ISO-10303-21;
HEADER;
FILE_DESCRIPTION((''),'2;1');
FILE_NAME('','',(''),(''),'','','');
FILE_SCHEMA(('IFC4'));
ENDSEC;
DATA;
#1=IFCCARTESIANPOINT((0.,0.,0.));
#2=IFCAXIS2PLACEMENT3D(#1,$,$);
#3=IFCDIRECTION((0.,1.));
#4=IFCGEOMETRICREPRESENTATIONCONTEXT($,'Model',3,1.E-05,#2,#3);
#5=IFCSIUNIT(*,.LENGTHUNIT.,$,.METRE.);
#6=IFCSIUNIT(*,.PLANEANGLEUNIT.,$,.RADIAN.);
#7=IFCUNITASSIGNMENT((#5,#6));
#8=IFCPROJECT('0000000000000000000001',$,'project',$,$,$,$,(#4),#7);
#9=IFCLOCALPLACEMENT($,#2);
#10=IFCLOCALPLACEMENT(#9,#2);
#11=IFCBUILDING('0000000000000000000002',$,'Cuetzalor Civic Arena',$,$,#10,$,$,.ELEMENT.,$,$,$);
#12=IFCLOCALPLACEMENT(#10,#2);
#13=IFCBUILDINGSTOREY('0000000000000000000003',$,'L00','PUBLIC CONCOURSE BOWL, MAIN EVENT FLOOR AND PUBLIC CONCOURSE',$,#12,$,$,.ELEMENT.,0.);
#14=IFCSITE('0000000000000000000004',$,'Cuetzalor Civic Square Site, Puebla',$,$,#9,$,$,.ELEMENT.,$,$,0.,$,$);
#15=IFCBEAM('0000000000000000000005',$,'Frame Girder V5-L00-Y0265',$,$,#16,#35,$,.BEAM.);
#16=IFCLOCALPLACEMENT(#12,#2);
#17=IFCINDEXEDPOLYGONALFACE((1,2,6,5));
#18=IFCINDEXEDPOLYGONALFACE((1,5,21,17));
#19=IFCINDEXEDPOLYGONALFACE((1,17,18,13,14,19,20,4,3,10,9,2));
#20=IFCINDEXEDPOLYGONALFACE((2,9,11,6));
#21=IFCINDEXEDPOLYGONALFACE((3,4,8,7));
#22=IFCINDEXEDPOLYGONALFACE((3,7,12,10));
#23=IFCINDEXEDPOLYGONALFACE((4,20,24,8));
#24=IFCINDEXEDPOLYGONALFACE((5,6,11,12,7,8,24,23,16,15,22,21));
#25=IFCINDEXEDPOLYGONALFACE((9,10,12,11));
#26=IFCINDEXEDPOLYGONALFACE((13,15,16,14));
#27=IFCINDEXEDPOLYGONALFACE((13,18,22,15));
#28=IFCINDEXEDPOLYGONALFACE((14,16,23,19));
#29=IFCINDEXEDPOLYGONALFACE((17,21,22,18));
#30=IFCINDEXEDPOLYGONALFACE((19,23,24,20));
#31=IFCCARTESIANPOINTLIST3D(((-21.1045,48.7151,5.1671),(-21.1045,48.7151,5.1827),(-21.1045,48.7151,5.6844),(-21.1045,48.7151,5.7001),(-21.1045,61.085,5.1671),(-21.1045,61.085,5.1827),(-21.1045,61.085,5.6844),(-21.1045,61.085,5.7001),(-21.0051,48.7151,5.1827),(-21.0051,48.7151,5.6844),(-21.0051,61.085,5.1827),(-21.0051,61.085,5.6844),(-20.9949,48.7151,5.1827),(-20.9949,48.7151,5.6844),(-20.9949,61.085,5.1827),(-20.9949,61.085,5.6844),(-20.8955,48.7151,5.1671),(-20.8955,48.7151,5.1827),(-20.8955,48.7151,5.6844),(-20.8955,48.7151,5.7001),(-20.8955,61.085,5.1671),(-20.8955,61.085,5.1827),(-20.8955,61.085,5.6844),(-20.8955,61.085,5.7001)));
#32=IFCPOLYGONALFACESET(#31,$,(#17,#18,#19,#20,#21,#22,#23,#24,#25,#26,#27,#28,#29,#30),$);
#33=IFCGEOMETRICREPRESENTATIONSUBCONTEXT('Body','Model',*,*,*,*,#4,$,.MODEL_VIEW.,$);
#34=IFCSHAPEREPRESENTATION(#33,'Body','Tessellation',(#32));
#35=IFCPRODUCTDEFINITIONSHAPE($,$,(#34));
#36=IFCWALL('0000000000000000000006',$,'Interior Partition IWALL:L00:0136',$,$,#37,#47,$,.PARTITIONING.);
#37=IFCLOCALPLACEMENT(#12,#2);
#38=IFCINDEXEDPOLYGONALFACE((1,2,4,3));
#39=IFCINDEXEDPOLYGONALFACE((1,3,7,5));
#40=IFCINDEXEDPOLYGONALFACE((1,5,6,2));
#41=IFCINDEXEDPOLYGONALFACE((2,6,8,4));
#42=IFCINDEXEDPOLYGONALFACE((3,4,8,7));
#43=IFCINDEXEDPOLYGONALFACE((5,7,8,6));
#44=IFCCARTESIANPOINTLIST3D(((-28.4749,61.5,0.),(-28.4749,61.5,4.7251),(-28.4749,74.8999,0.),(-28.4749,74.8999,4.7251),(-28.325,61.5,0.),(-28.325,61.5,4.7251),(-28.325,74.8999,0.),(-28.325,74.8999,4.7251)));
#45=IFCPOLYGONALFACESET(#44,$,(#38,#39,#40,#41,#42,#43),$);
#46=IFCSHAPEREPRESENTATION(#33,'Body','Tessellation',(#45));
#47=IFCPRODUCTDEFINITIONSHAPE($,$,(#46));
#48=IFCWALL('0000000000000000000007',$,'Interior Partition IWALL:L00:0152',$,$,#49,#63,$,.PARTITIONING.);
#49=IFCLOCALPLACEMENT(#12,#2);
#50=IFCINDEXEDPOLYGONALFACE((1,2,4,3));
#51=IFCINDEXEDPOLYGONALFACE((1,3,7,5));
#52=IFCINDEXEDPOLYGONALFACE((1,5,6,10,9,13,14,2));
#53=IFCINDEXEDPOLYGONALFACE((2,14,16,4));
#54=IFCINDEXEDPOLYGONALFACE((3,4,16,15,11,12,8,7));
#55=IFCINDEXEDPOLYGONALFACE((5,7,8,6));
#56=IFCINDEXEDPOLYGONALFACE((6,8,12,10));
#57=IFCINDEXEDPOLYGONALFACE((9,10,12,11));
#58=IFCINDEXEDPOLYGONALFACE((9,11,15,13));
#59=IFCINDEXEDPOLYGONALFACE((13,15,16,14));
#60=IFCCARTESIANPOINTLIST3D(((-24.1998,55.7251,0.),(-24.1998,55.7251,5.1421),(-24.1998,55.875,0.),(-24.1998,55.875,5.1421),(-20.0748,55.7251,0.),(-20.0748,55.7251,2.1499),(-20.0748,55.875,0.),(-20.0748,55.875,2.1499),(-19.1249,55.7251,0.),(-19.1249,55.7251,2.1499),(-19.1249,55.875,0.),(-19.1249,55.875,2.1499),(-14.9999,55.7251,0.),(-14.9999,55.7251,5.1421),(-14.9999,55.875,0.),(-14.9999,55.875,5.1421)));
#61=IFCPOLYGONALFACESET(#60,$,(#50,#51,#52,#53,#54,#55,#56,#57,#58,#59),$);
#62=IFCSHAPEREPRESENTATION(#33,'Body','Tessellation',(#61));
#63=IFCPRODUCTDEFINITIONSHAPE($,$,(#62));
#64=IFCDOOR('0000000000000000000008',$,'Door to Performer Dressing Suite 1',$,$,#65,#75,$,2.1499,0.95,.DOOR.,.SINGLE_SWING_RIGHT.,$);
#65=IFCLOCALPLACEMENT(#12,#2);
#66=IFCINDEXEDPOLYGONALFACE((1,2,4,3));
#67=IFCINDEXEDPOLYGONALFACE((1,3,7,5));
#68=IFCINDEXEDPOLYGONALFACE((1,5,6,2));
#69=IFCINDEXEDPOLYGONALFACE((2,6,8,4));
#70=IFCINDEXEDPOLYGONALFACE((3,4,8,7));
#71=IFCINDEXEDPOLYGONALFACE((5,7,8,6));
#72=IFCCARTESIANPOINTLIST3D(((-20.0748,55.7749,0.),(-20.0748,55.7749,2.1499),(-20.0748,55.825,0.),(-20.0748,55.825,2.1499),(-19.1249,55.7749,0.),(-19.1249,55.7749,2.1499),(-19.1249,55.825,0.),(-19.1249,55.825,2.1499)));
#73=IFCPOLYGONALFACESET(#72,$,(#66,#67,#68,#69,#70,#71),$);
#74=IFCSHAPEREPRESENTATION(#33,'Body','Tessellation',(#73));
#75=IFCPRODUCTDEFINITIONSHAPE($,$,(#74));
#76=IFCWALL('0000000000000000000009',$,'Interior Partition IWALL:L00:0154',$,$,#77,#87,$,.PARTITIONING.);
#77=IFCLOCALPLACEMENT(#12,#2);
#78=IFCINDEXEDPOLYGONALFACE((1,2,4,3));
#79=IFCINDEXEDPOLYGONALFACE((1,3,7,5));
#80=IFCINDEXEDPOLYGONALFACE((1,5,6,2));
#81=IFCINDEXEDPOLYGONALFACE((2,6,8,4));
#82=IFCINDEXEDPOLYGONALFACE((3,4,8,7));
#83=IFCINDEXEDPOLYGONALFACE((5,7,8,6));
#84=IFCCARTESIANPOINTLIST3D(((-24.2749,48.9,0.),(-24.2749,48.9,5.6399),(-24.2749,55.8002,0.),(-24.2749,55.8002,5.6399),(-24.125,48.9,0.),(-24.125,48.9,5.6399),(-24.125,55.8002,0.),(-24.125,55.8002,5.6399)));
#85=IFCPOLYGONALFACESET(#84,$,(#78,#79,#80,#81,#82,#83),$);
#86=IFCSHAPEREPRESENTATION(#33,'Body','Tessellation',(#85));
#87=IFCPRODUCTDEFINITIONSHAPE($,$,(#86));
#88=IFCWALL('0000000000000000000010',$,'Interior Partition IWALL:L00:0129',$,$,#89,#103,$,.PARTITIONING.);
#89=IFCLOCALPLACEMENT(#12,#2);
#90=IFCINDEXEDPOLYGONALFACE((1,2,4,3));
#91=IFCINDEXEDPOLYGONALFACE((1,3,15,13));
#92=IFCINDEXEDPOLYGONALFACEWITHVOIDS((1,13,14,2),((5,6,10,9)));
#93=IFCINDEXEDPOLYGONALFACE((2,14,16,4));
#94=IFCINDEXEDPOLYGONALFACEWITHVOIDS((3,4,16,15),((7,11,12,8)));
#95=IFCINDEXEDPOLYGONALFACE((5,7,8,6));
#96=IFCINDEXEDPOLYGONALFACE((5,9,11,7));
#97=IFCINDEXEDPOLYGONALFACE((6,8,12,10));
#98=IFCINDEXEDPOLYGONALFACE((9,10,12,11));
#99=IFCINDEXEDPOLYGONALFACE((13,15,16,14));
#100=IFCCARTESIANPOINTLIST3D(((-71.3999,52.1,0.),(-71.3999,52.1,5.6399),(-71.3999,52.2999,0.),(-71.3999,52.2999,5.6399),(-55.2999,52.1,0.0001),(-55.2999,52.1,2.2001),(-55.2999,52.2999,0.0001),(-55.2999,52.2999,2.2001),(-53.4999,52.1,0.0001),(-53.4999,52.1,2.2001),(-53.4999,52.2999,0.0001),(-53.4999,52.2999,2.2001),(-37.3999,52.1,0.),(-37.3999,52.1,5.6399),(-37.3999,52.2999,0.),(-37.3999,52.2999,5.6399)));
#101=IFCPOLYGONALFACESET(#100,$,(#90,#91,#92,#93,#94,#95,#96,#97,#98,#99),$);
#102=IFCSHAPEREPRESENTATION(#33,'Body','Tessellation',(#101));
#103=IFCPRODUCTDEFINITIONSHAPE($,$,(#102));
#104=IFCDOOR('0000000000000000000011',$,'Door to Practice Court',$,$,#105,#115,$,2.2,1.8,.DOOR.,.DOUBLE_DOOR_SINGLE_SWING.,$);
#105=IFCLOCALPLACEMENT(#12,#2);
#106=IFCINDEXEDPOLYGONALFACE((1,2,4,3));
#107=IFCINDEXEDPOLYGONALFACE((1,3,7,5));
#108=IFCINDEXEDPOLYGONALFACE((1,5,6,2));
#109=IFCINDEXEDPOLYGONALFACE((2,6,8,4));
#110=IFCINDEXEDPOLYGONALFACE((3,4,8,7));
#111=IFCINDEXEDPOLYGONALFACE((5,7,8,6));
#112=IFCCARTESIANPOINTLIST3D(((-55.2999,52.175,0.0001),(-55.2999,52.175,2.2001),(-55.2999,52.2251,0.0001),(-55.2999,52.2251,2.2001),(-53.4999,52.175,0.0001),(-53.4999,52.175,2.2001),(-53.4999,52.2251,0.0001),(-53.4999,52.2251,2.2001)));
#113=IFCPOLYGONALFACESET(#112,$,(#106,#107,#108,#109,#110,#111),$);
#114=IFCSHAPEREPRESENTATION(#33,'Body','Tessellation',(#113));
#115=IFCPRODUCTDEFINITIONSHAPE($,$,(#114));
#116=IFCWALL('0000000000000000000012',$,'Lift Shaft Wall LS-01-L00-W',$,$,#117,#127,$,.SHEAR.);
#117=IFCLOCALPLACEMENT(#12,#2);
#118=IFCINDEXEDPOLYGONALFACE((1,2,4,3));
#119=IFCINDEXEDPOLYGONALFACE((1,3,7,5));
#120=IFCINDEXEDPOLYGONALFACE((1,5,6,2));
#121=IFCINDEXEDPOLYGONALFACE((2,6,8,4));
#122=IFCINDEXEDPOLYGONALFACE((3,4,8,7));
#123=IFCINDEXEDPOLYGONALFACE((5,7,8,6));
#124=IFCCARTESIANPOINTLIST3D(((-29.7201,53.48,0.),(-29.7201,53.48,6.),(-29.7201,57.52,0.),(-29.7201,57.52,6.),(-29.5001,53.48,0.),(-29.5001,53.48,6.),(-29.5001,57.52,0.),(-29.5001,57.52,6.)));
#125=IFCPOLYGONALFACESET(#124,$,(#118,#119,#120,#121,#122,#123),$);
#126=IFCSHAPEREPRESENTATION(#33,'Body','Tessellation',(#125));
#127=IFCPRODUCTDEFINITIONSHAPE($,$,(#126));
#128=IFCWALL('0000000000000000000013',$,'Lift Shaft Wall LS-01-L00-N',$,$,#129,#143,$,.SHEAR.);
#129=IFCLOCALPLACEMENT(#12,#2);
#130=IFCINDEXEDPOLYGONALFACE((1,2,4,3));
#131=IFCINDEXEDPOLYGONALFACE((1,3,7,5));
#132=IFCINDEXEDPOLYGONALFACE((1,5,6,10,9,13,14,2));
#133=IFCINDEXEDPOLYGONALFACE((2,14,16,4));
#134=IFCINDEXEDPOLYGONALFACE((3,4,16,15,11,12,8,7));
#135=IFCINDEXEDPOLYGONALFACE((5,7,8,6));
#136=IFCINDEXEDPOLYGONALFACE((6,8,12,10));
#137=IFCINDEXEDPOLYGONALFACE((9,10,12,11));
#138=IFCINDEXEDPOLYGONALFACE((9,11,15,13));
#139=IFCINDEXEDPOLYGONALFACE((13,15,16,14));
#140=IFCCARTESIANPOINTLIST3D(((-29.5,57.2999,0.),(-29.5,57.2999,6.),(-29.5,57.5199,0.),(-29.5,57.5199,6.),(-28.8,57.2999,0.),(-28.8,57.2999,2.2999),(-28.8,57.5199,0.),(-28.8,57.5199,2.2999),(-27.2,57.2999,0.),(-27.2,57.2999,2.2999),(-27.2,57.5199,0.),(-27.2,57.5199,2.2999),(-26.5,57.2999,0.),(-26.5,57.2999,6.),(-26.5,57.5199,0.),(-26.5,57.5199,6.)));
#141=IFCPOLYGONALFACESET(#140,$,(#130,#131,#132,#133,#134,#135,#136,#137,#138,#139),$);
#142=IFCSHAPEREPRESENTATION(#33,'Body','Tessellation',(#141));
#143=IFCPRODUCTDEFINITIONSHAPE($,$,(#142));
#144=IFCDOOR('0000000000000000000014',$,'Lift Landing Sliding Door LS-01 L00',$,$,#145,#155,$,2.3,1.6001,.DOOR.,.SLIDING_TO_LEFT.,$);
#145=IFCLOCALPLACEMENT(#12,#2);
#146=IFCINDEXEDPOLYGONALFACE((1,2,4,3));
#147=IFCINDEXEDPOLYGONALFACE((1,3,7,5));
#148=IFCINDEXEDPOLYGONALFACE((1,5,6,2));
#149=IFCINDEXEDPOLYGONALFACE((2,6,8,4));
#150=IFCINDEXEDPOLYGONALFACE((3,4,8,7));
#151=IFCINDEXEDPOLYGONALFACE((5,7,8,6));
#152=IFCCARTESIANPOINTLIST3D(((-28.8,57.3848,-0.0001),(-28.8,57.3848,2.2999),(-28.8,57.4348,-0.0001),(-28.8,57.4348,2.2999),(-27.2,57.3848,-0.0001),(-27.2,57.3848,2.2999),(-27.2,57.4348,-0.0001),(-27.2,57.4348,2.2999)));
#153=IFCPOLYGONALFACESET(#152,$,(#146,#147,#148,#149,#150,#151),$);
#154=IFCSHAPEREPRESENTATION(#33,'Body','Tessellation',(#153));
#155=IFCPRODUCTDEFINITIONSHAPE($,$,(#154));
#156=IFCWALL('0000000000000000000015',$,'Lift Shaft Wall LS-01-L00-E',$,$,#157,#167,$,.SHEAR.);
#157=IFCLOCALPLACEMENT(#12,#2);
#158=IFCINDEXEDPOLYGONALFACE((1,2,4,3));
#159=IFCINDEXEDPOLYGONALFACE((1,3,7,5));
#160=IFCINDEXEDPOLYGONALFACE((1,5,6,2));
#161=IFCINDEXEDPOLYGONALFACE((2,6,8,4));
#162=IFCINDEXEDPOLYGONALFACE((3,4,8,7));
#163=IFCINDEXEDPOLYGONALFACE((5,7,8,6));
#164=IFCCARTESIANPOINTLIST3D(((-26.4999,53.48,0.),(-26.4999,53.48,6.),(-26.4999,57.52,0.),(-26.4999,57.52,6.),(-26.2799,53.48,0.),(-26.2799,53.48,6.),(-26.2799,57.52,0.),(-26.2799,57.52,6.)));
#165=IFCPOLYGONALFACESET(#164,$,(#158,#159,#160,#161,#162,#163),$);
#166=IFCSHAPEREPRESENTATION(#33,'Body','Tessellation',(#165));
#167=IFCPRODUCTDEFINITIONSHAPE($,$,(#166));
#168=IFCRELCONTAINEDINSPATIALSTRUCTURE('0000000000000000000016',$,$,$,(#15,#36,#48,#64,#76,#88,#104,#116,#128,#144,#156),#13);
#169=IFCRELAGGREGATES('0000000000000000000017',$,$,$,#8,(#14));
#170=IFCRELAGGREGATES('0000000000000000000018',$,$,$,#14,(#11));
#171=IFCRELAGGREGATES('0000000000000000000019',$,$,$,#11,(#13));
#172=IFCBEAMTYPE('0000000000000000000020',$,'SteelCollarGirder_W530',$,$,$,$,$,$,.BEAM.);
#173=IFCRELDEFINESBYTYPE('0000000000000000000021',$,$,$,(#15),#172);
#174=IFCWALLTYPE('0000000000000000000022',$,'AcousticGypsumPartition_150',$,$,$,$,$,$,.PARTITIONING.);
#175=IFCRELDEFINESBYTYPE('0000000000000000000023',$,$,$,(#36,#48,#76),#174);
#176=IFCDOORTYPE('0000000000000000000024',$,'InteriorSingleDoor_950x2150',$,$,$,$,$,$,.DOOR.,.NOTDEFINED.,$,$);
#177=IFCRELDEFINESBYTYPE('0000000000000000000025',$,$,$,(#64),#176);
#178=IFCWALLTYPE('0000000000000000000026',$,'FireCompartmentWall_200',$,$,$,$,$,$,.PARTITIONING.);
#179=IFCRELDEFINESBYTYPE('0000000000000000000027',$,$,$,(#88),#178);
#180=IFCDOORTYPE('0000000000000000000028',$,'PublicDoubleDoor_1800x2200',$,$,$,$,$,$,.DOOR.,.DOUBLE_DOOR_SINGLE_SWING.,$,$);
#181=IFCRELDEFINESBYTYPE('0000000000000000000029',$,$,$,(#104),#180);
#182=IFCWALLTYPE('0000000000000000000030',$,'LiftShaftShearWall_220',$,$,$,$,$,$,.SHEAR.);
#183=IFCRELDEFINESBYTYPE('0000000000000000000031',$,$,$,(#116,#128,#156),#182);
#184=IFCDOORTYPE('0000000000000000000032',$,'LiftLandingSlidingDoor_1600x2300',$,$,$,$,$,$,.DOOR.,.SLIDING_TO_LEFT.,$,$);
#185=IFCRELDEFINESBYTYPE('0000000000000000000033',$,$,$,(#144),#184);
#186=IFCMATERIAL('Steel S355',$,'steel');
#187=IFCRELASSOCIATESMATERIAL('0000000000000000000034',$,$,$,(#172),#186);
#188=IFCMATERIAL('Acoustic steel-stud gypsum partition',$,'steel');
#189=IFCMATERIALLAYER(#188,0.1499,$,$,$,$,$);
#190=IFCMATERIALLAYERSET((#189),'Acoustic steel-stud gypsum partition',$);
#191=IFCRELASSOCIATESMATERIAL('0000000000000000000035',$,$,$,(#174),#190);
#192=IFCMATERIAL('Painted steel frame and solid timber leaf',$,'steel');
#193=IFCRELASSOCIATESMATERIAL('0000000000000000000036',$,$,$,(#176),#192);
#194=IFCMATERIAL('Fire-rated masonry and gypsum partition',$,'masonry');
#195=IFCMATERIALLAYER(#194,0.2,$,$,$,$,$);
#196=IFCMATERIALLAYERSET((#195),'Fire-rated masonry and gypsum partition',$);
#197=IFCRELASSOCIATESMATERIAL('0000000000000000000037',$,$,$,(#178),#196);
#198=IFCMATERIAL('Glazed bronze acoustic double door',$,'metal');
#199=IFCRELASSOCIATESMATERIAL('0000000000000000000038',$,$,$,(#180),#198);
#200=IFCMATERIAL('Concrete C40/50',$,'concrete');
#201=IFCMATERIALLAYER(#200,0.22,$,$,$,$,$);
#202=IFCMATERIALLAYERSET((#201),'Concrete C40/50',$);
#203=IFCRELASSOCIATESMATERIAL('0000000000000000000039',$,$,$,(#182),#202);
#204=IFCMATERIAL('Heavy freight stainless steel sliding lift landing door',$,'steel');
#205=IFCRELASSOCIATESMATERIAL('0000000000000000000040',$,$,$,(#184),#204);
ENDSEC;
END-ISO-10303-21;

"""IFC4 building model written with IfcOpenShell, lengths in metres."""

from ifc_helpers import new_model, si_unit, direction, frame, frame_2d, origin, origin_2d, place, context, subcontext, project, spatial, rectangle, i_section, extrude, material, layer, layer_set, material_profile, profile_set, type_object, element, fill, save


model = new_model("IFC4")

# Units and contexts
model_context = context("Model", 3, precision=1e-05, world=origin(), true_north=direction((0.0, 1.0)))
body_context = subcontext(model_context, "Body", "Model", "MODEL_VIEW")
ifc_project = project(units=[si_unit("LENGTHUNIT", "METRE"), si_unit("PLANEANGLEUNIT", "RADIAN")], contexts=[model_context])

# Site, building, storey
site_placement = place(None, origin())
site = spatial("IfcSite", under=ifc_project, at=site_placement, Name="Cuetzalor Civic Square Site, Puebla", CompositionType="ELEMENT", RefElevation=0.0)
building_placement = place(site_placement, origin())
building = spatial("IfcBuilding", under=site, at=building_placement, Name="Cuetzalor Civic Arena", CompositionType="ELEMENT")
storey_placement = place(building_placement, origin())
storey = spatial("IfcBuildingStorey", under=building, at=storey_placement, Name="L00", Description="PUBLIC CONCOURSE BOWL, MAIN EVENT FLOOR AND PUBLIC CONCOURSE", CompositionType="ELEMENT", Elevation=0.0)

# Beam
ifc_material_1 = material(Name="Steel S355", Category="steel")
ifc_material_profile_1 = material_profile(ifc_material_1, i_section(OverallWidth=0.209, OverallDepth=0.533, WebThickness=0.0103, FlangeThickness=0.0156, at=origin_2d()), Name="W530x92")
ifc_profile_set_1 = profile_set([ifc_material_profile_1], Name="Steel S355")
beam_type_1 = type_object("IfcBeamType", Name="SteelCollarGirder_W530", PredefinedType="BEAM", material=ifc_profile_set_1)
beam_1_placement = place(storey_placement, frame((-21.0, 48.7151, 5.4336), z_axis=(0.0, 1.0, 0.0), x_axis=(-1.0, 0.0, 0.0)))
element("IfcBeam", 1, at=beam_1_placement, inside=storey, type_object=beam_type_1, Name="Frame Girder V5-L00-Y0265", PredefinedType="BEAM", context=body_context, shape_type="SweptSolid", body=[
    extrude(i_section(OverallWidth=0.209, OverallDepth=0.533, WebThickness=0.0103, FlangeThickness=0.0156, at=origin_2d()), origin(), (0.0, 0.0, 1.0), 12.3699),
])

# Wall
ifc_material_2 = material(Name="Acoustic steel-stud gypsum partition", Category="steel")
ifc_layer_1 = layer(ifc_material_2, 0.1499)
ifc_layer_set_1 = layer_set([ifc_layer_1], Name="Acoustic steel-stud gypsum partition")
wall_type_1 = type_object("IfcWallType", Name="AcousticGypsumPartition_150", PredefinedType="PARTITIONING", material=ifc_layer_set_1)
wall_1_placement = place(storey_placement, frame((-28.3999, 61.5, 0.0), z_axis=(0.0, 0.0, 1.0), x_axis=(0.0, 1.0, 0.0)))
element("IfcWall", 2, at=wall_1_placement, inside=storey, type_object=wall_type_1, Name="Interior Partition IWALL:L00:0136", PredefinedType="PARTITIONING", context=body_context, shape_type="SweptSolid", body=[
    extrude(rectangle(XDim=13.3999, YDim=0.1499, at=frame_2d((6.7, 0.0))), origin(), (0.0, 0.0, 1.0), 4.7251),
])

# Wall, opening, door
wall_2_placement = place(storey_placement, frame((-24.2, 55.8, 0.0), z_axis=(0.0, 0.0, 1.0), x_axis=(1.0, 0.0, 0.0)))
wall_2 = element("IfcWall", 3, at=wall_2_placement, inside=storey, type_object=wall_type_1, Name="Interior Partition IWALL:L00:0152", PredefinedType="PARTITIONING", context=body_context, shape_type="SweptSolid", body=[
    extrude(rectangle(XDim=9.2, YDim=0.1499, at=frame_2d((4.6001, 0.0))), origin(), (0.0, 0.0, 1.0), 5.1421),
])
opening_1_placement = place(wall_2_placement, frame((4.125, 0.0, 0.0)))
opening_1 = element("IfcOpeningElement", 4, at=opening_1_placement, cuts=wall_2, PredefinedType="OPENING", context=body_context, shape_type="SweptSolid", body=[
    extrude(rectangle(XDim=0.95, YDim=2.1499, at=frame_2d((0.4751, 1.075))), frame((0.0, 0.085, 0.0), z_axis=(0.0, -1.0, 0.0), x_axis=(1.0, 0.0, 0.0)), (0.0, 0.0, 1.0), 0.1699),
])
ifc_material_3 = material(Name="Painted steel frame and solid timber leaf", Category="steel")
door_type_1 = type_object("IfcDoorType", Name="InteriorSingleDoor_950x2150", OperationType="NOTDEFINED", PredefinedType="DOOR", material=ifc_material_3)
door_1_placement = place(opening_1_placement, origin())
door_1 = element("IfcDoor", 5, at=door_1_placement, inside=storey, type_object=door_type_1, Name="Door to Performer Dressing Suite 1", OperationType="SINGLE_SWING_RIGHT", OverallHeight=2.1499, OverallWidth=0.95, PredefinedType="DOOR", context=body_context, shape_type="SweptSolid", body=[
    extrude(rectangle(XDim=0.95, YDim=2.1499, at=frame_2d((0.4751, 1.075))), frame((0.0, 0.0249, 0.0), z_axis=(0.0, -1.0, 0.0), x_axis=(1.0, 0.0, 0.0)), (0.0, 0.0, 1.0), 0.05),
])
fill(opening_1, door_1)

# Wall
wall_3_placement = place(storey_placement, frame((-24.2, 48.8999, 0.0), z_axis=(0.0, 0.0, 1.0), x_axis=(0.0, 1.0, 0.0)))
element("IfcWall", 6, at=wall_3_placement, inside=storey, type_object=wall_type_1, Name="Interior Partition IWALL:L00:0154", PredefinedType="PARTITIONING", context=body_context, shape_type="SweptSolid", body=[
    extrude(rectangle(XDim=6.9001, YDim=0.1499, at=frame_2d((3.4502, 0.0))), origin(), (0.0, 0.0, 1.0), 5.6399),
])

# Wall, opening, door
ifc_material_4 = material(Name="Fire-rated masonry and gypsum partition", Category="masonry")
ifc_layer_2 = layer(ifc_material_4, 0.2)
ifc_layer_set_2 = layer_set([ifc_layer_2], Name="Fire-rated masonry and gypsum partition")
wall_type_2 = type_object("IfcWallType", Name="FireCompartmentWall_200", PredefinedType="PARTITIONING", material=ifc_layer_set_2)
wall_4_placement = place(storey_placement, frame((-37.3999, 52.2, 0.0), z_axis=(0.0, 0.0, 1.0), x_axis=(-1.0, 0.0, 0.0)))
wall_4 = element("IfcWall", 7, at=wall_4_placement, inside=storey, type_object=wall_type_2, Name="Interior Partition IWALL:L00:0129", PredefinedType="PARTITIONING", context=body_context, shape_type="SweptSolid", body=[
    extrude(rectangle(XDim=34.0, YDim=0.2, at=frame_2d((17.0, 0.0))), origin(), (0.0, 0.0, 1.0), 5.6399),
])
opening_2_placement = place(wall_4_placement, frame((16.1001, 0.0, 0.0)))
opening_2 = element("IfcOpeningElement", 8, at=opening_2_placement, cuts=wall_4, PredefinedType="OPENING", context=body_context, shape_type="SweptSolid", body=[
    extrude(rectangle(XDim=1.8, YDim=2.2, at=frame_2d((0.8999, 1.1001))), frame((0.0, 0.1099, 0.0), z_axis=(0.0, -1.0, 0.0), x_axis=(1.0, 0.0, 0.0)), (0.0, 0.0, 1.0), 0.22),
])
ifc_material_5 = material(Name="Glazed bronze acoustic double door", Category="metal")
door_type_2 = type_object("IfcDoorType", Name="PublicDoubleDoor_1800x2200", OperationType="DOUBLE_DOOR_SINGLE_SWING", PredefinedType="DOOR", material=ifc_material_5)
door_2_placement = place(opening_2_placement, origin())
door_2 = element("IfcDoor", 9, at=door_2_placement, inside=storey, type_object=door_type_2, Name="Door to Practice Court", OperationType="DOUBLE_DOOR_SINGLE_SWING", OverallHeight=2.2, OverallWidth=1.8, PredefinedType="DOOR", context=body_context, shape_type="SweptSolid", body=[
    extrude(rectangle(XDim=1.8, YDim=2.2, at=frame_2d((0.8999, 1.1001))), frame((0.0, 0.0249, 0.0), z_axis=(0.0, -1.0, 0.0), x_axis=(1.0, 0.0, 0.0)), (0.0, 0.0, 1.0), 0.05),
])
fill(opening_2, door_2)

# Wall
ifc_material_6 = material(Name="Concrete C40/50", Category="concrete")
ifc_layer_3 = layer(ifc_material_6, 0.22)
ifc_layer_set_3 = layer_set([ifc_layer_3], Name="Concrete C40/50")
wall_type_3 = type_object("IfcWallType", Name="LiftShaftShearWall_220", PredefinedType="SHEAR", material=ifc_layer_set_3)
wall_5_placement = place(storey_placement, frame((-29.6101, 53.48, 0.0), z_axis=(0.0, 0.0, 1.0), x_axis=(0.0, 1.0, 0.0)))
element("IfcWall", 10, at=wall_5_placement, inside=storey, type_object=wall_type_3, Name="Lift Shaft Wall LS-01-L00-W", PredefinedType="SHEAR", context=body_context, shape_type="SweptSolid", body=[
    extrude(rectangle(XDim=4.04, YDim=0.22, at=frame_2d((2.02, 0.0))), origin(), (0.0, 0.0, 1.0), 6.0),
])

# Wall, opening, door
wall_6_placement = place(storey_placement, frame((-29.5, 57.4099, 0.0), z_axis=(0.0, 0.0, 1.0), x_axis=(1.0, 0.0, 0.0)))
wall_6 = element("IfcWall", 11, at=wall_6_placement, inside=storey, type_object=wall_type_3, Name="Lift Shaft Wall LS-01-L00-N", PredefinedType="SHEAR", context=body_context, shape_type="SweptSolid", body=[
    extrude(rectangle(XDim=3.0, YDim=0.22, at=frame_2d((1.5, 0.0))), origin(), (0.0, 0.0, 1.0), 6.0),
])
opening_3_placement = place(wall_6_placement, frame((0.7, 0.0, 0.0)))
opening_3 = element("IfcOpeningElement", 12, at=opening_3_placement, cuts=wall_6, PredefinedType="OPENING", context=body_context, shape_type="SweptSolid", body=[
    extrude(rectangle(XDim=1.6001, YDim=2.3, at=frame_2d((0.8, 1.1499))), frame((0.0, 0.1201, 0.0), z_axis=(0.0, -1.0, 0.0), x_axis=(1.0, 0.0, 0.0)), (0.0, 0.0, 1.0), 0.24),
])
ifc_material_7 = material(Name="Heavy freight stainless steel sliding lift landing door", Category="steel")
door_type_3 = type_object("IfcDoorType", Name="LiftLandingSlidingDoor_1600x2300", OperationType="SLIDING_TO_LEFT", PredefinedType="DOOR", material=ifc_material_7)
door_3_placement = place(opening_3_placement, origin())
door_3 = element("IfcDoor", 13, at=door_3_placement, inside=storey, type_object=door_type_3, Name="Lift Landing Sliding Door LS-01 L00", OperationType="SLIDING_TO_LEFT", OverallHeight=2.3, OverallWidth=1.6001, PredefinedType="DOOR", context=body_context, shape_type="SweptSolid", body=[
    extrude(rectangle(XDim=1.6001, YDim=2.3, at=frame_2d((0.8, 1.1499))), frame((0.0, 0.0249, 0.0), z_axis=(0.0, -1.0, 0.0), x_axis=(1.0, 0.0, 0.0)), (0.0, 0.0, 1.0), 0.05),
])
fill(opening_3, door_3)

# Wall
wall_7_placement = place(storey_placement, frame((-26.3899, 57.52, 0.0), z_axis=(0.0, 0.0, 1.0), x_axis=(0.0, -1.0, 0.0)))
element("IfcWall", 14, at=wall_7_placement, inside=storey, type_object=wall_type_3, Name="Lift Shaft Wall LS-01-L00-E", PredefinedType="SHEAR", context=body_context, shape_type="SweptSolid", body=[
    extrude(rectangle(XDim=4.04, YDim=0.22, at=frame_2d((2.02, 0.0))), origin(), (0.0, 0.0, 1.0), 6.0),
])

save(model, "model.ifc")
